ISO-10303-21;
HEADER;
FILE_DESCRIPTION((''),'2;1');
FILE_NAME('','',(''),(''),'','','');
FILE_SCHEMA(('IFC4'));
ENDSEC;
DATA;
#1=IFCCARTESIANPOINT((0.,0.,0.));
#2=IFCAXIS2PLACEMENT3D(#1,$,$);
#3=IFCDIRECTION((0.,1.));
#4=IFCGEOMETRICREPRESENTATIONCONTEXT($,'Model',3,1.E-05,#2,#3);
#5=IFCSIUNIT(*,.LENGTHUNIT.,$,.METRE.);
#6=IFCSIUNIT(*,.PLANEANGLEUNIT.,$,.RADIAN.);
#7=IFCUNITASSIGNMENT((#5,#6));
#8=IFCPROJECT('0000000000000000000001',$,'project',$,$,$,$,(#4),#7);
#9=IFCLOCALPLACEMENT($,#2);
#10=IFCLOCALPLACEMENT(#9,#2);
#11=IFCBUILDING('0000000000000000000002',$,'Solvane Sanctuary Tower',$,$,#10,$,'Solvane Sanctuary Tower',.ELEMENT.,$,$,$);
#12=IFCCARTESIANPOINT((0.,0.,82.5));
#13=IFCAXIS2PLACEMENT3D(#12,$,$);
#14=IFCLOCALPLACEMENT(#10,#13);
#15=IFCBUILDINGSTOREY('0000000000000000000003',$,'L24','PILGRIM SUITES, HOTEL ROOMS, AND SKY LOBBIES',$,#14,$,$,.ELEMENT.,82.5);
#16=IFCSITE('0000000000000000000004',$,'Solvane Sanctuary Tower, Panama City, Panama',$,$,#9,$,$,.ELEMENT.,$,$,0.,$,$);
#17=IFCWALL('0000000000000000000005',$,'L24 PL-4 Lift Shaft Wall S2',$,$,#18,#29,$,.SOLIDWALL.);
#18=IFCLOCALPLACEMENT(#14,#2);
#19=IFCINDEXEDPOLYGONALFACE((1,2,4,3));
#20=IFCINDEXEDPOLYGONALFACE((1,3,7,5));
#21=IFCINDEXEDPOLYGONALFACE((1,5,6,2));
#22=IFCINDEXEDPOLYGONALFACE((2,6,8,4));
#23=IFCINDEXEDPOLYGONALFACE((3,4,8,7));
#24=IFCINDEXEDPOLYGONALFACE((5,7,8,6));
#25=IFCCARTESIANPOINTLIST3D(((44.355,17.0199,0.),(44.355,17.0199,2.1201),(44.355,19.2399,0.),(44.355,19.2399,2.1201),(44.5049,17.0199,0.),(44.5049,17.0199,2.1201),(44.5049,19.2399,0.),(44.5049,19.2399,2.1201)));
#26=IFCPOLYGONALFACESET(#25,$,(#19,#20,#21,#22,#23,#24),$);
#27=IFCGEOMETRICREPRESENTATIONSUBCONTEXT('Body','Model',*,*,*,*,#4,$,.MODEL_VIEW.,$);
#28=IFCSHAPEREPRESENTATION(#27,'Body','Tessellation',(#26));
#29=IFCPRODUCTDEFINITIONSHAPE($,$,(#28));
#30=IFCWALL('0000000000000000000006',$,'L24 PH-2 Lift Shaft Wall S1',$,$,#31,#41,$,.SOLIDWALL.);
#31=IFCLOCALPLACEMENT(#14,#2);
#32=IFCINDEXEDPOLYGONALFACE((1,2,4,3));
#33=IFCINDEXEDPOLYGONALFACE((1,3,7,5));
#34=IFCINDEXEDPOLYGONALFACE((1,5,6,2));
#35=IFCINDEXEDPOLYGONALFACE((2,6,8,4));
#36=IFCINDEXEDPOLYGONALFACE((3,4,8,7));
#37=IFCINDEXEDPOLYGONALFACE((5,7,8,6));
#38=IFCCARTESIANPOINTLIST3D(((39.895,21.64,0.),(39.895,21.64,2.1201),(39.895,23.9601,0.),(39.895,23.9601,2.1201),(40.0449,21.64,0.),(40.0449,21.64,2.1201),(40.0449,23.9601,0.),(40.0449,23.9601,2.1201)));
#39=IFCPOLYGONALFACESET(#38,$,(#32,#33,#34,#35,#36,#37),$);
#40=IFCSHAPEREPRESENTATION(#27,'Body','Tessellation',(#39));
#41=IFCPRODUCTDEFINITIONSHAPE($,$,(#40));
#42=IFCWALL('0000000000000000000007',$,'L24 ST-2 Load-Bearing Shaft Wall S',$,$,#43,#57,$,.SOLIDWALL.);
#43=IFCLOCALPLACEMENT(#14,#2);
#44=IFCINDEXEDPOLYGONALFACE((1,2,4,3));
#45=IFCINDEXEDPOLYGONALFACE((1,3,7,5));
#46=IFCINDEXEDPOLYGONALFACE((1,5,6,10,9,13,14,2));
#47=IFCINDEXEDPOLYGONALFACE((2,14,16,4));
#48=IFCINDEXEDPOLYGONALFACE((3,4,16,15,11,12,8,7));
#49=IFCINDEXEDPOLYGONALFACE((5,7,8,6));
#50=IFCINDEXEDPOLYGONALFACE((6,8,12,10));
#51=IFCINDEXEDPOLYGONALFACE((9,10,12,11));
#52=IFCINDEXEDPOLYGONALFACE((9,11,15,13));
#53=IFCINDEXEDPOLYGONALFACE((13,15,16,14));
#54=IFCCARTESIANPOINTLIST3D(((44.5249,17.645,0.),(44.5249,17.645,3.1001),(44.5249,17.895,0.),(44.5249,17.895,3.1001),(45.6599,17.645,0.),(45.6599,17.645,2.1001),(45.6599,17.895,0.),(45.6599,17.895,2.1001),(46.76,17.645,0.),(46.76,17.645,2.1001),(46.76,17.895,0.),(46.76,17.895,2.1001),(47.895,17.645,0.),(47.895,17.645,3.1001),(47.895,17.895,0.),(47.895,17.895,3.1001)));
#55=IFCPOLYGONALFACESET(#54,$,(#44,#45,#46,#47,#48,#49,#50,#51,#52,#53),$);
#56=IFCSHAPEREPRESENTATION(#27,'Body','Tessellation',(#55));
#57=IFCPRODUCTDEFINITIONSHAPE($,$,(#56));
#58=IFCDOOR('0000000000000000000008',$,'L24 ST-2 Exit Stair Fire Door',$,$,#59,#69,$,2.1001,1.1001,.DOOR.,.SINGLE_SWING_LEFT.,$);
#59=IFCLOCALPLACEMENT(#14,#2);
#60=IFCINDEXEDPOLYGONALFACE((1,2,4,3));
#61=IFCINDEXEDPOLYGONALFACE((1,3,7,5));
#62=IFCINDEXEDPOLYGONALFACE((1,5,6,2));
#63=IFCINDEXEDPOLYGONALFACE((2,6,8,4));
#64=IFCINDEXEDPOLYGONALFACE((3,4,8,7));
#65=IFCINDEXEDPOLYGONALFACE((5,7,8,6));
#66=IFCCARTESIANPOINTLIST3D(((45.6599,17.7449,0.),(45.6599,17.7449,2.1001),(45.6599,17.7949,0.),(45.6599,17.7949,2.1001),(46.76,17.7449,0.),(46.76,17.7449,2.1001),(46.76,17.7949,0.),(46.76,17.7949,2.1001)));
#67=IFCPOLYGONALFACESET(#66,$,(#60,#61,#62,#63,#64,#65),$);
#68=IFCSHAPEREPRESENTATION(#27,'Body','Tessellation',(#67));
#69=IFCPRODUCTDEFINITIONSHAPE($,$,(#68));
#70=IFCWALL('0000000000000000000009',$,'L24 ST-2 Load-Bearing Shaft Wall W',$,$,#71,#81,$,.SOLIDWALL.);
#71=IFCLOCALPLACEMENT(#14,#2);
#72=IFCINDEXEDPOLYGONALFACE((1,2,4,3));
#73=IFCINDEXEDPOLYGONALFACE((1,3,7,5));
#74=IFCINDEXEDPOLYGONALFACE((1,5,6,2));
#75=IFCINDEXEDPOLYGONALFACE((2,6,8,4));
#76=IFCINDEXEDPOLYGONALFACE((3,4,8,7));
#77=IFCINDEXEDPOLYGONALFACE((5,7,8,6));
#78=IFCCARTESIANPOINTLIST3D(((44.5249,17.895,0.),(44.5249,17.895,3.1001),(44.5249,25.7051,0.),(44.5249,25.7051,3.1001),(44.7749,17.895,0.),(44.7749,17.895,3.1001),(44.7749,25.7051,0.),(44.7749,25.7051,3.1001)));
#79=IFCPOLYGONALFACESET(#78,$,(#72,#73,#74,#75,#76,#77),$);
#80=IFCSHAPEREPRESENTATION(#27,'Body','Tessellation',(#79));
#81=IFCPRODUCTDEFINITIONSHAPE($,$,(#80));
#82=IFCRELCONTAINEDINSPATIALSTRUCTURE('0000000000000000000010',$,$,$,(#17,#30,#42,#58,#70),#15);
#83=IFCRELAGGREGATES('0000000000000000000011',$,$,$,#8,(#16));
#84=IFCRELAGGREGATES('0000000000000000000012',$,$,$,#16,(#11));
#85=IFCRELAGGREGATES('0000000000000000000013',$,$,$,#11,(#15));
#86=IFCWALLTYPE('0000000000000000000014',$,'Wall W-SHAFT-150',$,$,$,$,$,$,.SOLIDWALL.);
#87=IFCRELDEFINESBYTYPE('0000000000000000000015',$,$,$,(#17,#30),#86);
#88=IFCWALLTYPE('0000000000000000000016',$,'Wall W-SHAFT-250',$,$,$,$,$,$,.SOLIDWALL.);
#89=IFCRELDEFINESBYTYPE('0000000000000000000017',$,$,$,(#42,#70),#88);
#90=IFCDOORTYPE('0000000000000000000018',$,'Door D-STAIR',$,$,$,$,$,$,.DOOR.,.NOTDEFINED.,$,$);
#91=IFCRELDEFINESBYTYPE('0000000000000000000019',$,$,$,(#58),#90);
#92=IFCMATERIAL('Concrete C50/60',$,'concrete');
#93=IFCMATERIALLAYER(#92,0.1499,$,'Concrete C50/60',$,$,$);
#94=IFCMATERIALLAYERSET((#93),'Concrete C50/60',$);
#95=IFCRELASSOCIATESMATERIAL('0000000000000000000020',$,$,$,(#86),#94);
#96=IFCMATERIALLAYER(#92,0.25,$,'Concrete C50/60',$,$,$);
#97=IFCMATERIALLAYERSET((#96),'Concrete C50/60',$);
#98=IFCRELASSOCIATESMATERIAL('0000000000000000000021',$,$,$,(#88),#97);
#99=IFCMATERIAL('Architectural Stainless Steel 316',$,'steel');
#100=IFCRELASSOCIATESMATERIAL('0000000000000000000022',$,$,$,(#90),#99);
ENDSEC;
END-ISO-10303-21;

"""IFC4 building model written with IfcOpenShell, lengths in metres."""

from ifc_helpers import new_model, si_unit, direction, frame, frame_2d, origin, place, context, subcontext, project, spatial, rectangle, extrude, material, layer, layer_set, type_object, element, fill, save


model = new_model("IFC4")

# Units and contexts
model_context = context("Model", 3, precision=1e-05, world=origin(), true_north=direction((0.0, 1.0)))
body_context = subcontext(model_context, "Body", "Model", "MODEL_VIEW")
ifc_project = project(units=[si_unit("LENGTHUNIT", "METRE"), si_unit("PLANEANGLEUNIT", "RADIAN")], contexts=[model_context])

# Site, building, storey
site_placement = place(None, origin())
site = spatial("IfcSite", under=ifc_project, at=site_placement, Name="Solvane Sanctuary Tower, Panama City, Panama", CompositionType="ELEMENT", RefElevation=0.0)
building_placement = place(site_placement, origin())
building = spatial("IfcBuilding", under=site, at=building_placement, Name="Solvane Sanctuary Tower", LongName="Solvane Sanctuary Tower", CompositionType="ELEMENT")
storey_placement = place(building_placement, frame((0.0, 0.0, 82.5)))
storey = spatial("IfcBuildingStorey", under=building, at=storey_placement, Name="L24", Description="PILGRIM SUITES, HOTEL ROOMS, AND SKY LOBBIES", CompositionType="ELEMENT", Elevation=82.5)

# Shared definitions
ifc_material_1 = material(Name="Concrete C50/60", Category="concrete")
ifc_layer_1 = layer(ifc_material_1, 0.1499, Name="Concrete C50/60")
ifc_layer_set_1 = layer_set([ifc_layer_1], Name="Concrete C50/60")
wall_type_1 = type_object("IfcWallType", Name="Wall W-SHAFT-150", PredefinedType="SOLIDWALL", material=ifc_layer_set_1)
ifc_material_2 = material(Name="Architectural Stainless Steel 316", Category="steel")

# Walls
wall_1_placement = place(storey_placement, frame((44.4299, 17.02, 0.0), z_axis=(0.0, 0.0, 1.0), x_axis=(0.0, 1.0, 0.0)))
element("IfcWall", 1, at=wall_1_placement, inside=storey, type_object=wall_type_1, Name="L24 PL-4 Lift Shaft Wall S2", PredefinedType="SOLIDWALL", context=body_context, shape_type="SweptSolid", body=[
    extrude(rectangle(XDim=2.22, YDim=0.1499, at=frame_2d((1.1099, 0.0))), origin(), (0.0, 0.0, 1.0), 2.1201),
])
wall_2_placement = place(storey_placement, frame((39.97, 21.6399, 0.0), z_axis=(0.0, 0.0, 1.0), x_axis=(0.0, 1.0, 0.0)))
element("IfcWall", 2, at=wall_2_placement, inside=storey, type_object=wall_type_1, Name="L24 PH-2 Lift Shaft Wall S1", PredefinedType="SOLIDWALL", context=body_context, shape_type="SweptSolid", body=[
    extrude(rectangle(XDim=2.3201, YDim=0.1499, at=frame_2d((1.1602, 0.0))), origin(), (0.0, 0.0, 1.0), 2.1201),
])

# Wall, opening, door
ifc_layer_2 = layer(ifc_material_1, 0.25, Name="Concrete C50/60")
ifc_layer_set_2 = layer_set([ifc_layer_2], Name="Concrete C50/60")
wall_type_2 = type_object("IfcWallType", Name="Wall W-SHAFT-250", PredefinedType="SOLIDWALL", material=ifc_layer_set_2)
wall_3_placement = place(storey_placement, frame((44.5249, 17.77, 0.0), z_axis=(0.0, 0.0, 1.0), x_axis=(1.0, 0.0, 0.0)))
wall_3 = element("IfcWall", 3, at=wall_3_placement, inside=storey, type_object=wall_type_2, Name="L24 ST-2 Load-Bearing Shaft Wall S", PredefinedType="SOLIDWALL", context=body_context, shape_type="SweptSolid", body=[
    extrude(rectangle(XDim=3.3701, YDim=0.25, at=frame_2d((1.6851, 0.0))), origin(), (0.0, 0.0, 1.0), 3.1001),
])
opening_1_placement = place(wall_3_placement, frame((1.135, 0.0, 0.0)))
opening_1 = element("IfcOpeningElement", 4, at=opening_1_placement, cuts=wall_3, PredefinedType="OPENING", context=body_context, shape_type="SweptSolid", body=[
    extrude(rectangle(XDim=1.1001, YDim=2.1001, at=frame_2d((0.55, 1.05))), frame((0.0, 0.135, 0.0), z_axis=(0.0, -1.0, 0.0), x_axis=(1.0, 0.0, 0.0)), (0.0, 0.0, 1.0), 0.27),
])
door_type_1 = type_object("IfcDoorType", Name="Door D-STAIR", OperationType="NOTDEFINED", PredefinedType="DOOR", material=ifc_material_2)
door_1_placement = place(opening_1_placement, origin())
door_1 = element("IfcDoor", 5, at=door_1_placement, inside=storey, type_object=door_type_1, Name="L24 ST-2 Exit Stair Fire Door", OperationType="SINGLE_SWING_LEFT", OverallHeight=2.1001, OverallWidth=1.1001, PredefinedType="DOOR", context=body_context, shape_type="SweptSolid", body=[
    extrude(rectangle(XDim=1.1001, YDim=2.1001, at=frame_2d((0.55, 1.05))), frame((0.0, 0.0249, 0.0), z_axis=(0.0, -1.0, 0.0), x_axis=(1.0, 0.0, 0.0)), (0.0, 0.0, 1.0), 0.05),
])
fill(opening_1, door_1)

# Wall
wall_4_placement = place(storey_placement, frame((44.6499, 17.895, 0.0), z_axis=(0.0, 0.0, 1.0), x_axis=(0.0, 1.0, 0.0)))
element("IfcWall", 6, at=wall_4_placement, inside=storey, type_object=wall_type_2, Name="L24 ST-2 Load-Bearing Shaft Wall W", PredefinedType="SOLIDWALL", context=body_context, shape_type="SweptSolid", body=[
    extrude(rectangle(XDim=7.8101, YDim=0.25, at=frame_2d((3.905, 0.0))), origin(), (0.0, 0.0, 1.0), 3.1001),
])

save(model, "model.ifc")
